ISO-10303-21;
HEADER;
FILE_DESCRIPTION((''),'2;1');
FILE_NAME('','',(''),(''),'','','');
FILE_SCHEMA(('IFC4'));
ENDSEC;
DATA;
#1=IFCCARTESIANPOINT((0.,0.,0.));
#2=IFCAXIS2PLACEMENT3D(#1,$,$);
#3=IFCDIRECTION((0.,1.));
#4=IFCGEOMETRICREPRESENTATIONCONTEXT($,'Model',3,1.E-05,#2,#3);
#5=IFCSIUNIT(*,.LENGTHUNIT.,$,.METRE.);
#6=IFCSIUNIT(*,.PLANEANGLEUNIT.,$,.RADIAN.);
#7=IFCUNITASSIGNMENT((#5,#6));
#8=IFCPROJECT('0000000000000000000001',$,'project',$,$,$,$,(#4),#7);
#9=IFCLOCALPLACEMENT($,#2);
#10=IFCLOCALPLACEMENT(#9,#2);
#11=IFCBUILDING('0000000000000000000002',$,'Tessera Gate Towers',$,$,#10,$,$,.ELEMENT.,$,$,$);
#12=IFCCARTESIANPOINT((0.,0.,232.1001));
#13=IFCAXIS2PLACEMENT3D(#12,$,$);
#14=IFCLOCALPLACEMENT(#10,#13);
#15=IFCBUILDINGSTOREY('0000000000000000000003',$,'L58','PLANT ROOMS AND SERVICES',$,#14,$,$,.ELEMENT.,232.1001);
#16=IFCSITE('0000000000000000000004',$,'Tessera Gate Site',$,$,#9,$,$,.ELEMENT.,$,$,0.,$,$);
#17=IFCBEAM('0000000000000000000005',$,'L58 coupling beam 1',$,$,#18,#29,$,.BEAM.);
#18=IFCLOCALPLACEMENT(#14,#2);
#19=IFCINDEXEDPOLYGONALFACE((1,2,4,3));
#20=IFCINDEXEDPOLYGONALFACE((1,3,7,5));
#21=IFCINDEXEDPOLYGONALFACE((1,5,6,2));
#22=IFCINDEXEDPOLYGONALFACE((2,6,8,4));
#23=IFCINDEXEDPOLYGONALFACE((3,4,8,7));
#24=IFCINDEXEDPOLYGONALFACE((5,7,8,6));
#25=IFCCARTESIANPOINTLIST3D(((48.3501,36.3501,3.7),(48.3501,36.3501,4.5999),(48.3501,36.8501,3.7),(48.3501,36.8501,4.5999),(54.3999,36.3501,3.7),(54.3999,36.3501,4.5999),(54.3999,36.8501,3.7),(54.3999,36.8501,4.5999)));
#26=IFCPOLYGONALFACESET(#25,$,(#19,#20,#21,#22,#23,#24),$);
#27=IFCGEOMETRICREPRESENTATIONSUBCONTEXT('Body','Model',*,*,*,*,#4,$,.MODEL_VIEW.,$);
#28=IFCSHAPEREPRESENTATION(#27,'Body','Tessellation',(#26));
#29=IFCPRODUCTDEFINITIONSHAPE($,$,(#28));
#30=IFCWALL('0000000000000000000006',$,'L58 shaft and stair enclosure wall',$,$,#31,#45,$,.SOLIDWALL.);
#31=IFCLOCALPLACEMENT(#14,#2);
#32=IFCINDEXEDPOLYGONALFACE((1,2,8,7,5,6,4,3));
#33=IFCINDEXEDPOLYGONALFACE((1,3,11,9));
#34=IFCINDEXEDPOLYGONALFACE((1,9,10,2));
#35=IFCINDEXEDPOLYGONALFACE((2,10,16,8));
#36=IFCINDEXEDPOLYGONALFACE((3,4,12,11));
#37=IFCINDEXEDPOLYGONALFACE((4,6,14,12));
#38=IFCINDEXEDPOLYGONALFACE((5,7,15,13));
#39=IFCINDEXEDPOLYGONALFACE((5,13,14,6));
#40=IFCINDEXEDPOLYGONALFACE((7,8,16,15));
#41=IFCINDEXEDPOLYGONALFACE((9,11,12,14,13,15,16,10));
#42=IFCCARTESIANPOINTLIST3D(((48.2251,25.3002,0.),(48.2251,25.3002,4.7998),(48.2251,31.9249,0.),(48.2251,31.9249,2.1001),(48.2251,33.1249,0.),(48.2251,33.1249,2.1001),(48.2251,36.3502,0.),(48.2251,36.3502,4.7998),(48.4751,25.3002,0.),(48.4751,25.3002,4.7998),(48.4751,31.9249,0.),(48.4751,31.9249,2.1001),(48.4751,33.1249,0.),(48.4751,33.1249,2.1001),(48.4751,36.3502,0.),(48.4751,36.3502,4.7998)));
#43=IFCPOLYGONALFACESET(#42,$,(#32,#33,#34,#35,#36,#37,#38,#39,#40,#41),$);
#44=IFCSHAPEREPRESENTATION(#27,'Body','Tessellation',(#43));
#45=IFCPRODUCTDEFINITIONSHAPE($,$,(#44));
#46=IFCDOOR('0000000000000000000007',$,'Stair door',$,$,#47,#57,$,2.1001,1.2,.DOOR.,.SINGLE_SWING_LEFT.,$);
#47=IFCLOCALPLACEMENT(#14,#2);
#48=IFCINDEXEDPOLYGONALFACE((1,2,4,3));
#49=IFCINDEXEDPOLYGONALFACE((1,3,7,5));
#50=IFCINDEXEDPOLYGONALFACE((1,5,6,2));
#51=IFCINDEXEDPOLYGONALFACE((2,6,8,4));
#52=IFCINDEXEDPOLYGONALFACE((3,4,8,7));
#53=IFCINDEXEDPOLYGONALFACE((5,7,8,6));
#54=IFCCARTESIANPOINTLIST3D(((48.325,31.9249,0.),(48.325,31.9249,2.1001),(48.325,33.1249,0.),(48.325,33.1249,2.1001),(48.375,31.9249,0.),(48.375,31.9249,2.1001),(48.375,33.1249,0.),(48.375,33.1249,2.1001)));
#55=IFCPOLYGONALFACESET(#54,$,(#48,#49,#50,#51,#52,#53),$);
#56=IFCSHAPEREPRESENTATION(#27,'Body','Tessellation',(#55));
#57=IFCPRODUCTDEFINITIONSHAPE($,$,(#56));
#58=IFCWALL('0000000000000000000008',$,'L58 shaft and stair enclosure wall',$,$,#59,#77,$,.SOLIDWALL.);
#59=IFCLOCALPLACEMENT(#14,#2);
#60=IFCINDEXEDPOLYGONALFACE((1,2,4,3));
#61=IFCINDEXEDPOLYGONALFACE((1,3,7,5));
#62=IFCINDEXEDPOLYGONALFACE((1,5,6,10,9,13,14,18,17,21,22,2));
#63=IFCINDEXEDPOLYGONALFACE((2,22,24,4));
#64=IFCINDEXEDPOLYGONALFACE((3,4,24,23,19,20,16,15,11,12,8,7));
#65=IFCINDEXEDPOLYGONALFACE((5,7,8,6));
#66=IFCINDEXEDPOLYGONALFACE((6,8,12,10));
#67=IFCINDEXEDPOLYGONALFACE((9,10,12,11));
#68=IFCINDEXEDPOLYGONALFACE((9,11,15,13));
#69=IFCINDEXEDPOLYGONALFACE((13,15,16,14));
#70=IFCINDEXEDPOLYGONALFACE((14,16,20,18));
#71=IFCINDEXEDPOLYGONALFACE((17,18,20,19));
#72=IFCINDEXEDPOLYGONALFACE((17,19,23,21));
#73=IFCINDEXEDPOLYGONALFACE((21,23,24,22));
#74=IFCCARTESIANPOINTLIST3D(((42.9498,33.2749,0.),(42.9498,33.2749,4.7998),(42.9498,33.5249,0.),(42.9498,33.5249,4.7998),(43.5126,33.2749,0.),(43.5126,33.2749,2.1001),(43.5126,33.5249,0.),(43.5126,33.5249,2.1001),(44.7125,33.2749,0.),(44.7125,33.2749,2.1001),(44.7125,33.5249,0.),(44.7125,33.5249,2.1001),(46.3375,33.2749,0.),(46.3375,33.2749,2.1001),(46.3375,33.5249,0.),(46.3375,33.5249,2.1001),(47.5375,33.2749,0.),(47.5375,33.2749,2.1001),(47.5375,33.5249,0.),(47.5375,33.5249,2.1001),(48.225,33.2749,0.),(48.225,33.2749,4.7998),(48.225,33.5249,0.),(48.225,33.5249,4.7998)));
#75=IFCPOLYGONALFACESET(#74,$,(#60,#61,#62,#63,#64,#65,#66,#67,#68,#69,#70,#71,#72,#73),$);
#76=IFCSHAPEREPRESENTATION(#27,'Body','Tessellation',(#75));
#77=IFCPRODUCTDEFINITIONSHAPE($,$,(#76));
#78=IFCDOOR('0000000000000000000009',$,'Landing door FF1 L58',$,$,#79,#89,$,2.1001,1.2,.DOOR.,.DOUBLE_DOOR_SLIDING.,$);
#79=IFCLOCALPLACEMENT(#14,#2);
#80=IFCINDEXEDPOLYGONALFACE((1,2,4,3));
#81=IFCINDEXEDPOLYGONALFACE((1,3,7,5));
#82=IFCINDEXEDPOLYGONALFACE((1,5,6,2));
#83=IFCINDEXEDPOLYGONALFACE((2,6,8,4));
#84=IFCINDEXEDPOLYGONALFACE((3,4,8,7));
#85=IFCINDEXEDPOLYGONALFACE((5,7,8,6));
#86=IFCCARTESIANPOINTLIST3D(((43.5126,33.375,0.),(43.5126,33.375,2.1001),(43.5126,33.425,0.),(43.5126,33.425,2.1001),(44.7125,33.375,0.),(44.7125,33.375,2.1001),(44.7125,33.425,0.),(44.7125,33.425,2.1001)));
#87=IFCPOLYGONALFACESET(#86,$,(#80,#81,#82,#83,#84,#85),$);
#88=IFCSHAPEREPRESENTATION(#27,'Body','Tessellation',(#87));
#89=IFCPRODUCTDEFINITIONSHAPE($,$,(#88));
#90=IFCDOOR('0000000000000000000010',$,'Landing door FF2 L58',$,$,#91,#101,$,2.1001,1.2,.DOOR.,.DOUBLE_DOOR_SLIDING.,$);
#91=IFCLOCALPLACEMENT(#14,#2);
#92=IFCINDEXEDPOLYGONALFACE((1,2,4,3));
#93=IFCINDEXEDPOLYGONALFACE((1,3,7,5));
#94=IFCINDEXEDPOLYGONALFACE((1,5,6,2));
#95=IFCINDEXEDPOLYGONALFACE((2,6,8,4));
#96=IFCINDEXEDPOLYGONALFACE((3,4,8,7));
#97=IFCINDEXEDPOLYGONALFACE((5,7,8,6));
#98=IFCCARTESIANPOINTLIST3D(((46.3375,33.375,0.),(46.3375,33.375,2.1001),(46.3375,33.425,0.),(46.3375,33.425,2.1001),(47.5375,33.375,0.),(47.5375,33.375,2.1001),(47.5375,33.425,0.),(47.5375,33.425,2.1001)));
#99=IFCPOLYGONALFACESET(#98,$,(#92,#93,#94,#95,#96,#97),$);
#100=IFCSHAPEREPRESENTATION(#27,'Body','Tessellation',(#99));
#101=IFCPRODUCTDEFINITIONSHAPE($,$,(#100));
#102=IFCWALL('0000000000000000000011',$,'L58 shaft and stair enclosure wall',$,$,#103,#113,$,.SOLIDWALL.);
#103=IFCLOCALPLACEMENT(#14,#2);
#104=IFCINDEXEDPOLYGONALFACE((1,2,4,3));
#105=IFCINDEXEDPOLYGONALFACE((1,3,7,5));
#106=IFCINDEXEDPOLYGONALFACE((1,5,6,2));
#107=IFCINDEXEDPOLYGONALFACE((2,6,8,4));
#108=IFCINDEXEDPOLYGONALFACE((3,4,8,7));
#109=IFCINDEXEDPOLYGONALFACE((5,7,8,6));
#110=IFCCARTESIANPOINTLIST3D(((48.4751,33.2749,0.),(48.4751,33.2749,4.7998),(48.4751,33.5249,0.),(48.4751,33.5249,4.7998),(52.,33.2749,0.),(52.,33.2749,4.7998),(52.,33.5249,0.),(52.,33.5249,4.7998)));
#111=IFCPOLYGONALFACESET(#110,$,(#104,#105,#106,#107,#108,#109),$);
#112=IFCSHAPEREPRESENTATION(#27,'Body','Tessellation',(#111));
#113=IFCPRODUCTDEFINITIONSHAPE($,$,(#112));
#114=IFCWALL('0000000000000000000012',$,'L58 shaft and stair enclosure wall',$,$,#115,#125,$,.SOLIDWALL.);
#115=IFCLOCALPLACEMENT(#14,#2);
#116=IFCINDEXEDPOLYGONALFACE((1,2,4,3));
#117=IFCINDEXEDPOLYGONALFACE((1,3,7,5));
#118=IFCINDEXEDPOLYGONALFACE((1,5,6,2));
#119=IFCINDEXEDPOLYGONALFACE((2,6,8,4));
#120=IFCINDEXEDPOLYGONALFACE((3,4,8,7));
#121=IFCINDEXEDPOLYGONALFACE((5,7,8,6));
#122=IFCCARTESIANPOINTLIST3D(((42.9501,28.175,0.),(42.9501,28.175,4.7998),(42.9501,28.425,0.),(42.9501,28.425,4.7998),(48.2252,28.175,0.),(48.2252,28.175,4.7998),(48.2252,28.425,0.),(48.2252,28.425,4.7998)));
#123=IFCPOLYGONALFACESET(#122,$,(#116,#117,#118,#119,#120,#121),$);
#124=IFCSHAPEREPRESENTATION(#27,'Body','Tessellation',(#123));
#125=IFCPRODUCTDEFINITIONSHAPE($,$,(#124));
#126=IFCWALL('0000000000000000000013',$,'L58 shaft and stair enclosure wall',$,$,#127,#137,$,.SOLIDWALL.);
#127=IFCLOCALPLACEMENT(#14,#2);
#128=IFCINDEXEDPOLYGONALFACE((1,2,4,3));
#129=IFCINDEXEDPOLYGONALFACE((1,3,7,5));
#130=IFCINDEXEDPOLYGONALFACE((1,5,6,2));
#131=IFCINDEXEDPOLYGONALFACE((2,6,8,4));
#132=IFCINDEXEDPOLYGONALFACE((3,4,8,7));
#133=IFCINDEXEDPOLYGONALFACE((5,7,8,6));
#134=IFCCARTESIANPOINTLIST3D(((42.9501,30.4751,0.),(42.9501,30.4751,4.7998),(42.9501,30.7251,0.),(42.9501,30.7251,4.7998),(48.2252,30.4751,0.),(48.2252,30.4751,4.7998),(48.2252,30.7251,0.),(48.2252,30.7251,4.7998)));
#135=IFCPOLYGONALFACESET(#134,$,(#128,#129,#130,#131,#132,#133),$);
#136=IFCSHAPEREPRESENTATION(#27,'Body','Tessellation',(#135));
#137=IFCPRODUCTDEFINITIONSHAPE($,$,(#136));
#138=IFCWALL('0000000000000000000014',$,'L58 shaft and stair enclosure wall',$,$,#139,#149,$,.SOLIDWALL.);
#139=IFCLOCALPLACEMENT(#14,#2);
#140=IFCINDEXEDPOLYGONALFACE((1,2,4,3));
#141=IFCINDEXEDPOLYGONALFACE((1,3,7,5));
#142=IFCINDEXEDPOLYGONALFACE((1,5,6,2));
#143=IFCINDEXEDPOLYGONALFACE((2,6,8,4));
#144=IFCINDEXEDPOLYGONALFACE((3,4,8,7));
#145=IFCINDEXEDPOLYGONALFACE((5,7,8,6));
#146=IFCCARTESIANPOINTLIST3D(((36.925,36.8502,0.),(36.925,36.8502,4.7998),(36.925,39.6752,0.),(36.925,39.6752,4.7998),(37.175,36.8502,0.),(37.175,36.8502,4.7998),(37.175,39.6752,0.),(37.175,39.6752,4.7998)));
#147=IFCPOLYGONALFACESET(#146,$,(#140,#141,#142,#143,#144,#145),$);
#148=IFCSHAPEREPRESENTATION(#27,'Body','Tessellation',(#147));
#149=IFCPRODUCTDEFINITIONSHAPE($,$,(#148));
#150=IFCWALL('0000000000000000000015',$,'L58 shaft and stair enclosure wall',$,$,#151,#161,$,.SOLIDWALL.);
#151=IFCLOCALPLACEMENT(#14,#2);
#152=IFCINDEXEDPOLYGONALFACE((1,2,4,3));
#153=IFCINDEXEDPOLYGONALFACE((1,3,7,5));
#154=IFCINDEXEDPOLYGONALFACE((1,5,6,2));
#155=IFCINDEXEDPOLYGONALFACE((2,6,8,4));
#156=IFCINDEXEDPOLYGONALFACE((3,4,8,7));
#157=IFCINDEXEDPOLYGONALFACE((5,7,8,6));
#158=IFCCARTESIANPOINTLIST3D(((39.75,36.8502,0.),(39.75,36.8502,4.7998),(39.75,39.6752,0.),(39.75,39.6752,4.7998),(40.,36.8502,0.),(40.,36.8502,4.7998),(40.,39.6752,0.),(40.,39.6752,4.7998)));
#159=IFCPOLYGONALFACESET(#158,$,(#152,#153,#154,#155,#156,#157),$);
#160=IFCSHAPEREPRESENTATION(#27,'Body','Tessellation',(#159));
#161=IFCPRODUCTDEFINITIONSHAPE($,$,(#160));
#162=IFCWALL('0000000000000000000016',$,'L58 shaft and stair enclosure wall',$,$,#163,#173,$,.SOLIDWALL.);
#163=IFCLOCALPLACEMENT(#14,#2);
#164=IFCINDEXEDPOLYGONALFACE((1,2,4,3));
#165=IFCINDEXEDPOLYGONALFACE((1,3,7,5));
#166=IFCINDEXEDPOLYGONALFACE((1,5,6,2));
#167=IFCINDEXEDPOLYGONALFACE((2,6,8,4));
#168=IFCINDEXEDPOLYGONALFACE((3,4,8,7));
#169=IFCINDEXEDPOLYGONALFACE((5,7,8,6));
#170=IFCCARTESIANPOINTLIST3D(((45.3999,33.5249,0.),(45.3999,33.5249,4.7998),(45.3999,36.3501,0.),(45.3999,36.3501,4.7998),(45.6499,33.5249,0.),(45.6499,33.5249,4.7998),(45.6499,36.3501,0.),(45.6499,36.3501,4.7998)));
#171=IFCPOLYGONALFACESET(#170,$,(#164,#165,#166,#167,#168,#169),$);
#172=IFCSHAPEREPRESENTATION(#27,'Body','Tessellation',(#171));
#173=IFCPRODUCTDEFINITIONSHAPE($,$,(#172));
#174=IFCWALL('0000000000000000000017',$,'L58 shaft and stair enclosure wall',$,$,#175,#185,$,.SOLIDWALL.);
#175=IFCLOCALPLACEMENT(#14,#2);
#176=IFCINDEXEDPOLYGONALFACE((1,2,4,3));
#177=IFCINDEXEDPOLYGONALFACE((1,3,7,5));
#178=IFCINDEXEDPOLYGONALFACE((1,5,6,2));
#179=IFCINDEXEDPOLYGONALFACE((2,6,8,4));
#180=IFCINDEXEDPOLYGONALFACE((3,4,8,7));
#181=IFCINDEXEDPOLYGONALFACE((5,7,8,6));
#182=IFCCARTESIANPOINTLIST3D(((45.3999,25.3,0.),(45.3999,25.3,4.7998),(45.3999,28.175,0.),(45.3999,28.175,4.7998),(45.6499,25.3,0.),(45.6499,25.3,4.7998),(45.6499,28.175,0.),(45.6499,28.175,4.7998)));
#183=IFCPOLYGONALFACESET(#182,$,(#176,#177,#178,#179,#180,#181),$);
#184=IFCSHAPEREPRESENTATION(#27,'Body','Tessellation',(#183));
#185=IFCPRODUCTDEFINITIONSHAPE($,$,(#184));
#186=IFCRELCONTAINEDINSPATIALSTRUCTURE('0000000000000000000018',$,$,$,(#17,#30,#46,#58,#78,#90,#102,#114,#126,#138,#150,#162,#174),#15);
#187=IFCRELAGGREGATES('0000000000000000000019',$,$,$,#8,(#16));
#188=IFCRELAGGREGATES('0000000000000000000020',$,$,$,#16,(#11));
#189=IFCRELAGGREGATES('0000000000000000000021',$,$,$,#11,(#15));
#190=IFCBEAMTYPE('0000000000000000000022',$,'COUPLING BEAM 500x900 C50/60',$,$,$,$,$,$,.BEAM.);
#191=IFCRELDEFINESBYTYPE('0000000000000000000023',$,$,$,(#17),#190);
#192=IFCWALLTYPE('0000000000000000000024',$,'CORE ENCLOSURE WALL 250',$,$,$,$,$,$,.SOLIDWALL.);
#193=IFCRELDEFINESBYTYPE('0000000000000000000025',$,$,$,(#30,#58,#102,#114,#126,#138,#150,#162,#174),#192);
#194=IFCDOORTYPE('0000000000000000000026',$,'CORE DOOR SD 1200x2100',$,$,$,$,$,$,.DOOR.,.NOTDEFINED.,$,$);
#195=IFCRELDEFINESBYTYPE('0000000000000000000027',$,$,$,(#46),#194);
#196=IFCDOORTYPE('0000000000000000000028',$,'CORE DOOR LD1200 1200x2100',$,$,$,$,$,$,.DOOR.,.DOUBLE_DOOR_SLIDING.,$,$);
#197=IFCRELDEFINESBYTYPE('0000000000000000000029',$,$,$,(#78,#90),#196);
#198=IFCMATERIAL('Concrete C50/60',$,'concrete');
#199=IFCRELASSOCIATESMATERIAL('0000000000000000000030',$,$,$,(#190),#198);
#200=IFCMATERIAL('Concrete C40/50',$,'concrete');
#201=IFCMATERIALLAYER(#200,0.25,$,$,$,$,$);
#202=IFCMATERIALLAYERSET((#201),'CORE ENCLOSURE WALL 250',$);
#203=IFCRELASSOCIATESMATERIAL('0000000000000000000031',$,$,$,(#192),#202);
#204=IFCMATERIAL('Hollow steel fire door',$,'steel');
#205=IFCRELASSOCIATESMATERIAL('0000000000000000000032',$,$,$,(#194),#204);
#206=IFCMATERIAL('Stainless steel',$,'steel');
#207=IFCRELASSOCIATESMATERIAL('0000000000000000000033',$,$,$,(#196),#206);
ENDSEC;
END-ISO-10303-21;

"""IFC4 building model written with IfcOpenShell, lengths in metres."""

from ifc_helpers import new_model, si_unit, direction, frame, frame_2d, origin, origin_2d, place, context, subcontext, project, spatial, rectangle, extrude, source, transform, mapped, material, layer, layer_set, material_profile, profile_set, type_object, element, fill, save


model = new_model("IFC4")

# Units and contexts
model_context = context("Model", 3, precision=1e-05, world=origin(), true_north=direction((0.0, 1.0)))
body_context = subcontext(model_context, "Body", "Model", "MODEL_VIEW")
ifc_project = project(units=[si_unit("LENGTHUNIT", "METRE"), si_unit("PLANEANGLEUNIT", "RADIAN")], contexts=[model_context])

# Site, building, storey
site_placement = place(None, origin())
site = spatial("IfcSite", under=ifc_project, at=site_placement, Name="Tessera Gate Site", CompositionType="ELEMENT", RefElevation=0.0)
building_placement = place(site_placement, origin())
building = spatial("IfcBuilding", under=site, at=building_placement, Name="Tessera Gate Towers", CompositionType="ELEMENT")
storey_placement = place(building_placement, frame((0.0, 0.0, 232.1001)))
storey = spatial("IfcBuildingStorey", under=building, at=storey_placement, Name="L58", Description="PLANT ROOMS AND SERVICES", CompositionType="ELEMENT", Elevation=232.1001)

# Beam
ifc_material_1 = material(Name="Concrete C50/60", Category="concrete")
ifc_material_profile = material_profile(ifc_material_1, rectangle(XDim=0.5, YDim=0.8999, at=origin_2d()), Name="RC 500x900")
ifc_profile_set = profile_set([ifc_material_profile], Name="Concrete C50/60")
beam_type = type_object("IfcBeamType", Name="COUPLING BEAM 500x900 C50/60", PredefinedType="BEAM", material=ifc_profile_set)
beam_placement = place(storey_placement, frame((48.3501, 36.6001, 4.1499), z_axis=(1.0, 0.0, 0.0), x_axis=(0.0, 1.0, 0.0)))
element("IfcBeam", 1, at=beam_placement, inside=storey, type_object=beam_type, Name="L58 coupling beam 1", PredefinedType="BEAM", context=body_context, shape_type="SweptSolid", body=[
    extrude(rectangle(XDim=0.5, YDim=0.8999, at=origin_2d()), origin(), (0.0, 0.0, 1.0), 6.0498),
])

# Wall, opening, door
ifc_material_2 = material(Name="Concrete C40/50", Category="concrete")
ifc_layer_1 = layer(ifc_material_2, 0.25)
ifc_layer_set_1 = layer_set([ifc_layer_1], Name="CORE ENCLOSURE WALL 250")
wall_type_1 = type_object("IfcWallType", Name="CORE ENCLOSURE WALL 250", PredefinedType="SOLIDWALL", material=ifc_layer_set_1)
wall_1_placement = place(storey_placement, frame((48.3501, 36.3501, 0.0), z_axis=(0.0, 0.0, 1.0), x_axis=(0.0, -1.0, 0.0)))
wall_1 = element("IfcWall", 2, at=wall_1_placement, inside=storey, type_object=wall_type_1, Name="L58 shaft and stair enclosure wall", PredefinedType="SOLIDWALL", context=body_context, shape_type="SweptSolid", body=[
    extrude(rectangle(XDim=11.05, YDim=0.25, at=frame_2d((5.5249, 0.0))), origin(), (0.0, 0.0, 1.0), 4.7998),
])
shared_shape_1 = source(origin(), body_context, "Body", "SweptSolid", [
    extrude(rectangle(XDim=1.2, YDim=2.1001, at=frame_2d((0.6001, 1.05))), frame((0.0, 0.135, 0.0), z_axis=(0.0, -1.0, 0.0), x_axis=(1.0, 0.0, 0.0)), (0.0, 0.0, 1.0), 0.27),
])
opening_1_placement = place(wall_1_placement, frame((3.2251, 0.0, 0.0)))
opening_1 = element("IfcOpeningElement", 3, at=opening_1_placement, cuts=wall_1, PredefinedType="OPENING", context=body_context, shape_type="MappedRepresentation", body=[
    mapped(shared_shape_1, transform((0.0, 0.0, 0.0), scale=1.0)),
])
ifc_material_3 = material(Name="Hollow steel fire door", Category="steel")
door_type_1 = type_object("IfcDoorType", Name="CORE DOOR SD 1200x2100", OperationType="NOTDEFINED", PredefinedType="DOOR", material=ifc_material_3)
shared_shape_2 = source(origin(), body_context, "Body", "SweptSolid", [
    extrude(rectangle(XDim=1.2, YDim=2.1001, at=frame_2d((0.6001, 1.05))), frame((0.0, 0.0249, 0.0), z_axis=(0.0, -1.0, 0.0), x_axis=(1.0, 0.0, 0.0)), (0.0, 0.0, 1.0), 0.05),
])
door_1_placement = place(opening_1_placement, origin())
door_1 = element("IfcDoor", 4, at=door_1_placement, inside=storey, type_object=door_type_1, Name="Stair door", OperationType="SINGLE_SWING_LEFT", OverallHeight=2.1001, OverallWidth=1.2, PredefinedType="DOOR", context=body_context, shape_type="MappedRepresentation", body=[
    mapped(shared_shape_2, transform((0.0, 0.0, 0.0), scale=1.0)),
])
fill(opening_1, door_1)

# Wall, openings, doors
wall_2_placement = place(storey_placement, frame((48.2251, 33.3999, 0.0), z_axis=(0.0, 0.0, 1.0), x_axis=(-1.0, 0.0, 0.0)))
wall_2 = element("IfcWall", 5, at=wall_2_placement, inside=storey, type_object=wall_type_1, Name="L58 shaft and stair enclosure wall", PredefinedType="SOLIDWALL", context=body_context, shape_type="SweptSolid", body=[
    extrude(rectangle(XDim=5.2751, YDim=0.25, at=frame_2d((2.6377, 0.0))), origin(), (0.0, 0.0, 1.0), 4.7998),
])
opening_2_placement = place(wall_2_placement, frame((3.5125, 0.0, 0.0)))
opening_2 = element("IfcOpeningElement", 6, at=opening_2_placement, cuts=wall_2, PredefinedType="OPENING", context=body_context, shape_type="MappedRepresentation", body=[
    mapped(shared_shape_1, transform((0.0, 0.0, 0.0), scale=1.0)),
])
opening_3_placement = place(wall_2_placement, frame((0.6875, 0.0, 0.0)))
opening_3 = element("IfcOpeningElement", 7, at=opening_3_placement, cuts=wall_2, PredefinedType="OPENING", context=body_context, shape_type="MappedRepresentation", body=[
    mapped(shared_shape_1, transform((0.0, 0.0, 0.0), scale=1.0)),
])
ifc_material_4 = material(Name="Stainless steel", Category="steel")
door_type_2 = type_object("IfcDoorType", Name="CORE DOOR LD1200 1200x2100", OperationType="DOUBLE_DOOR_SLIDING", PredefinedType="DOOR", material=ifc_material_4)
door_2_placement = place(opening_2_placement, origin())
door_2 = element("IfcDoor", 8, at=door_2_placement, inside=storey, type_object=door_type_2, Name="Landing door FF1 L58", OperationType="DOUBLE_DOOR_SLIDING", OverallHeight=2.1001, OverallWidth=1.2, PredefinedType="DOOR", context=body_context, shape_type="MappedRepresentation", body=[
    mapped(shared_shape_2, transform((0.0, 0.0, 0.0), scale=1.0)),
])
fill(opening_2, door_2)
door_3_placement = place(opening_3_placement, origin())
door_3 = element("IfcDoor", 9, at=door_3_placement, inside=storey, type_object=door_type_2, Name="Landing door FF2 L58", OperationType="DOUBLE_DOOR_SLIDING", OverallHeight=2.1001, OverallWidth=1.2, PredefinedType="DOOR", context=body_context, shape_type="MappedRepresentation", body=[
    mapped(shared_shape_2, transform((0.0, 0.0, 0.0), scale=1.0)),
])
fill(opening_3, door_3)

# Walls
wall_3_placement = place(storey_placement, frame((48.4751, 33.3999, 0.0), z_axis=(0.0, 0.0, 1.0), x_axis=(1.0, 0.0, 0.0)))
element("IfcWall", 10, at=wall_3_placement, inside=storey, type_object=wall_type_1, Name="L58 shaft and stair enclosure wall", PredefinedType="SOLIDWALL", context=body_context, shape_type="SweptSolid", body=[
    extrude(rectangle(XDim=3.5249, YDim=0.25, at=frame_2d((1.7625, 0.0))), origin(), (0.0, 0.0, 1.0), 4.7998),
])
for number, where, z_axis, x_axis, name in (
    (11, (42.95, 28.3, 0.0), (0.0, 0.0, 1.0), (1.0, 0.0, 0.0), "L58 shaft and stair enclosure wall"),
    (12, (42.95, 30.6001, 0.0), (0.0, 0.0, 1.0), (1.0, 0.0, 0.0), "L58 shaft and stair enclosure wall"),
):
    element("IfcWall", number, at=place(storey_placement, frame(where, z_axis=z_axis, x_axis=x_axis)), inside=storey, type_object=wall_type_1, Name=name, PredefinedType="SOLIDWALL", context=body_context, shape_type="SweptSolid", body=[
        extrude(rectangle(XDim=5.2751, YDim=0.25, at=frame_2d((2.6377, 0.0))), origin(), (0.0, 0.0, 1.0), 4.7998),
    ])
for number, where, z_axis, x_axis, name in (
    (13, (37.05, 36.8501, 0.0), (0.0, 0.0, 1.0), (0.0, 1.0, 0.0), "L58 shaft and stair enclosure wall"),
    (14, (39.875, 36.8501, 0.0), (0.0, 0.0, 1.0), (0.0, 1.0, 0.0), "L58 shaft and stair enclosure wall"),
):
    element("IfcWall", number, at=place(storey_placement, frame(where, z_axis=z_axis, x_axis=x_axis)), inside=storey, type_object=wall_type_1, Name=name, PredefinedType="SOLIDWALL", context=body_context, shape_type="SweptSolid", body=[
        extrude(rectangle(XDim=2.825, YDim=0.25, at=frame_2d((1.4126, 0.0))), origin(), (0.0, 0.0, 1.0), 4.7998),
    ])
wall_4_placement = place(storey_placement, frame((45.5249, 33.5249, 0.0), z_axis=(0.0, 0.0, 1.0), x_axis=(0.0, 1.0, 0.0)))
element("IfcWall", 15, at=wall_4_placement, inside=storey, type_object=wall_type_1, Name="L58 shaft and stair enclosure wall", PredefinedType="SOLIDWALL", context=body_context, shape_type="SweptSolid", body=[
    extrude(rectangle(XDim=2.8252, YDim=0.25, at=frame_2d((1.4126, 0.0))), origin(), (0.0, 0.0, 1.0), 4.7998),
])
wall_5_placement = place(storey_placement, frame((45.5249, 25.3, 0.0), z_axis=(0.0, 0.0, 1.0), x_axis=(0.0, 1.0, 0.0)))
element("IfcWall", 16, at=wall_5_placement, inside=storey, type_object=wall_type_1, Name="L58 shaft and stair enclosure wall", PredefinedType="SOLIDWALL", context=body_context, shape_type="SweptSolid", body=[
    extrude(rectangle(XDim=2.875, YDim=0.25, at=frame_2d((1.4375, 0.0))), origin(), (0.0, 0.0, 1.0), 4.7998),
])

save(model, "model.ifc")
